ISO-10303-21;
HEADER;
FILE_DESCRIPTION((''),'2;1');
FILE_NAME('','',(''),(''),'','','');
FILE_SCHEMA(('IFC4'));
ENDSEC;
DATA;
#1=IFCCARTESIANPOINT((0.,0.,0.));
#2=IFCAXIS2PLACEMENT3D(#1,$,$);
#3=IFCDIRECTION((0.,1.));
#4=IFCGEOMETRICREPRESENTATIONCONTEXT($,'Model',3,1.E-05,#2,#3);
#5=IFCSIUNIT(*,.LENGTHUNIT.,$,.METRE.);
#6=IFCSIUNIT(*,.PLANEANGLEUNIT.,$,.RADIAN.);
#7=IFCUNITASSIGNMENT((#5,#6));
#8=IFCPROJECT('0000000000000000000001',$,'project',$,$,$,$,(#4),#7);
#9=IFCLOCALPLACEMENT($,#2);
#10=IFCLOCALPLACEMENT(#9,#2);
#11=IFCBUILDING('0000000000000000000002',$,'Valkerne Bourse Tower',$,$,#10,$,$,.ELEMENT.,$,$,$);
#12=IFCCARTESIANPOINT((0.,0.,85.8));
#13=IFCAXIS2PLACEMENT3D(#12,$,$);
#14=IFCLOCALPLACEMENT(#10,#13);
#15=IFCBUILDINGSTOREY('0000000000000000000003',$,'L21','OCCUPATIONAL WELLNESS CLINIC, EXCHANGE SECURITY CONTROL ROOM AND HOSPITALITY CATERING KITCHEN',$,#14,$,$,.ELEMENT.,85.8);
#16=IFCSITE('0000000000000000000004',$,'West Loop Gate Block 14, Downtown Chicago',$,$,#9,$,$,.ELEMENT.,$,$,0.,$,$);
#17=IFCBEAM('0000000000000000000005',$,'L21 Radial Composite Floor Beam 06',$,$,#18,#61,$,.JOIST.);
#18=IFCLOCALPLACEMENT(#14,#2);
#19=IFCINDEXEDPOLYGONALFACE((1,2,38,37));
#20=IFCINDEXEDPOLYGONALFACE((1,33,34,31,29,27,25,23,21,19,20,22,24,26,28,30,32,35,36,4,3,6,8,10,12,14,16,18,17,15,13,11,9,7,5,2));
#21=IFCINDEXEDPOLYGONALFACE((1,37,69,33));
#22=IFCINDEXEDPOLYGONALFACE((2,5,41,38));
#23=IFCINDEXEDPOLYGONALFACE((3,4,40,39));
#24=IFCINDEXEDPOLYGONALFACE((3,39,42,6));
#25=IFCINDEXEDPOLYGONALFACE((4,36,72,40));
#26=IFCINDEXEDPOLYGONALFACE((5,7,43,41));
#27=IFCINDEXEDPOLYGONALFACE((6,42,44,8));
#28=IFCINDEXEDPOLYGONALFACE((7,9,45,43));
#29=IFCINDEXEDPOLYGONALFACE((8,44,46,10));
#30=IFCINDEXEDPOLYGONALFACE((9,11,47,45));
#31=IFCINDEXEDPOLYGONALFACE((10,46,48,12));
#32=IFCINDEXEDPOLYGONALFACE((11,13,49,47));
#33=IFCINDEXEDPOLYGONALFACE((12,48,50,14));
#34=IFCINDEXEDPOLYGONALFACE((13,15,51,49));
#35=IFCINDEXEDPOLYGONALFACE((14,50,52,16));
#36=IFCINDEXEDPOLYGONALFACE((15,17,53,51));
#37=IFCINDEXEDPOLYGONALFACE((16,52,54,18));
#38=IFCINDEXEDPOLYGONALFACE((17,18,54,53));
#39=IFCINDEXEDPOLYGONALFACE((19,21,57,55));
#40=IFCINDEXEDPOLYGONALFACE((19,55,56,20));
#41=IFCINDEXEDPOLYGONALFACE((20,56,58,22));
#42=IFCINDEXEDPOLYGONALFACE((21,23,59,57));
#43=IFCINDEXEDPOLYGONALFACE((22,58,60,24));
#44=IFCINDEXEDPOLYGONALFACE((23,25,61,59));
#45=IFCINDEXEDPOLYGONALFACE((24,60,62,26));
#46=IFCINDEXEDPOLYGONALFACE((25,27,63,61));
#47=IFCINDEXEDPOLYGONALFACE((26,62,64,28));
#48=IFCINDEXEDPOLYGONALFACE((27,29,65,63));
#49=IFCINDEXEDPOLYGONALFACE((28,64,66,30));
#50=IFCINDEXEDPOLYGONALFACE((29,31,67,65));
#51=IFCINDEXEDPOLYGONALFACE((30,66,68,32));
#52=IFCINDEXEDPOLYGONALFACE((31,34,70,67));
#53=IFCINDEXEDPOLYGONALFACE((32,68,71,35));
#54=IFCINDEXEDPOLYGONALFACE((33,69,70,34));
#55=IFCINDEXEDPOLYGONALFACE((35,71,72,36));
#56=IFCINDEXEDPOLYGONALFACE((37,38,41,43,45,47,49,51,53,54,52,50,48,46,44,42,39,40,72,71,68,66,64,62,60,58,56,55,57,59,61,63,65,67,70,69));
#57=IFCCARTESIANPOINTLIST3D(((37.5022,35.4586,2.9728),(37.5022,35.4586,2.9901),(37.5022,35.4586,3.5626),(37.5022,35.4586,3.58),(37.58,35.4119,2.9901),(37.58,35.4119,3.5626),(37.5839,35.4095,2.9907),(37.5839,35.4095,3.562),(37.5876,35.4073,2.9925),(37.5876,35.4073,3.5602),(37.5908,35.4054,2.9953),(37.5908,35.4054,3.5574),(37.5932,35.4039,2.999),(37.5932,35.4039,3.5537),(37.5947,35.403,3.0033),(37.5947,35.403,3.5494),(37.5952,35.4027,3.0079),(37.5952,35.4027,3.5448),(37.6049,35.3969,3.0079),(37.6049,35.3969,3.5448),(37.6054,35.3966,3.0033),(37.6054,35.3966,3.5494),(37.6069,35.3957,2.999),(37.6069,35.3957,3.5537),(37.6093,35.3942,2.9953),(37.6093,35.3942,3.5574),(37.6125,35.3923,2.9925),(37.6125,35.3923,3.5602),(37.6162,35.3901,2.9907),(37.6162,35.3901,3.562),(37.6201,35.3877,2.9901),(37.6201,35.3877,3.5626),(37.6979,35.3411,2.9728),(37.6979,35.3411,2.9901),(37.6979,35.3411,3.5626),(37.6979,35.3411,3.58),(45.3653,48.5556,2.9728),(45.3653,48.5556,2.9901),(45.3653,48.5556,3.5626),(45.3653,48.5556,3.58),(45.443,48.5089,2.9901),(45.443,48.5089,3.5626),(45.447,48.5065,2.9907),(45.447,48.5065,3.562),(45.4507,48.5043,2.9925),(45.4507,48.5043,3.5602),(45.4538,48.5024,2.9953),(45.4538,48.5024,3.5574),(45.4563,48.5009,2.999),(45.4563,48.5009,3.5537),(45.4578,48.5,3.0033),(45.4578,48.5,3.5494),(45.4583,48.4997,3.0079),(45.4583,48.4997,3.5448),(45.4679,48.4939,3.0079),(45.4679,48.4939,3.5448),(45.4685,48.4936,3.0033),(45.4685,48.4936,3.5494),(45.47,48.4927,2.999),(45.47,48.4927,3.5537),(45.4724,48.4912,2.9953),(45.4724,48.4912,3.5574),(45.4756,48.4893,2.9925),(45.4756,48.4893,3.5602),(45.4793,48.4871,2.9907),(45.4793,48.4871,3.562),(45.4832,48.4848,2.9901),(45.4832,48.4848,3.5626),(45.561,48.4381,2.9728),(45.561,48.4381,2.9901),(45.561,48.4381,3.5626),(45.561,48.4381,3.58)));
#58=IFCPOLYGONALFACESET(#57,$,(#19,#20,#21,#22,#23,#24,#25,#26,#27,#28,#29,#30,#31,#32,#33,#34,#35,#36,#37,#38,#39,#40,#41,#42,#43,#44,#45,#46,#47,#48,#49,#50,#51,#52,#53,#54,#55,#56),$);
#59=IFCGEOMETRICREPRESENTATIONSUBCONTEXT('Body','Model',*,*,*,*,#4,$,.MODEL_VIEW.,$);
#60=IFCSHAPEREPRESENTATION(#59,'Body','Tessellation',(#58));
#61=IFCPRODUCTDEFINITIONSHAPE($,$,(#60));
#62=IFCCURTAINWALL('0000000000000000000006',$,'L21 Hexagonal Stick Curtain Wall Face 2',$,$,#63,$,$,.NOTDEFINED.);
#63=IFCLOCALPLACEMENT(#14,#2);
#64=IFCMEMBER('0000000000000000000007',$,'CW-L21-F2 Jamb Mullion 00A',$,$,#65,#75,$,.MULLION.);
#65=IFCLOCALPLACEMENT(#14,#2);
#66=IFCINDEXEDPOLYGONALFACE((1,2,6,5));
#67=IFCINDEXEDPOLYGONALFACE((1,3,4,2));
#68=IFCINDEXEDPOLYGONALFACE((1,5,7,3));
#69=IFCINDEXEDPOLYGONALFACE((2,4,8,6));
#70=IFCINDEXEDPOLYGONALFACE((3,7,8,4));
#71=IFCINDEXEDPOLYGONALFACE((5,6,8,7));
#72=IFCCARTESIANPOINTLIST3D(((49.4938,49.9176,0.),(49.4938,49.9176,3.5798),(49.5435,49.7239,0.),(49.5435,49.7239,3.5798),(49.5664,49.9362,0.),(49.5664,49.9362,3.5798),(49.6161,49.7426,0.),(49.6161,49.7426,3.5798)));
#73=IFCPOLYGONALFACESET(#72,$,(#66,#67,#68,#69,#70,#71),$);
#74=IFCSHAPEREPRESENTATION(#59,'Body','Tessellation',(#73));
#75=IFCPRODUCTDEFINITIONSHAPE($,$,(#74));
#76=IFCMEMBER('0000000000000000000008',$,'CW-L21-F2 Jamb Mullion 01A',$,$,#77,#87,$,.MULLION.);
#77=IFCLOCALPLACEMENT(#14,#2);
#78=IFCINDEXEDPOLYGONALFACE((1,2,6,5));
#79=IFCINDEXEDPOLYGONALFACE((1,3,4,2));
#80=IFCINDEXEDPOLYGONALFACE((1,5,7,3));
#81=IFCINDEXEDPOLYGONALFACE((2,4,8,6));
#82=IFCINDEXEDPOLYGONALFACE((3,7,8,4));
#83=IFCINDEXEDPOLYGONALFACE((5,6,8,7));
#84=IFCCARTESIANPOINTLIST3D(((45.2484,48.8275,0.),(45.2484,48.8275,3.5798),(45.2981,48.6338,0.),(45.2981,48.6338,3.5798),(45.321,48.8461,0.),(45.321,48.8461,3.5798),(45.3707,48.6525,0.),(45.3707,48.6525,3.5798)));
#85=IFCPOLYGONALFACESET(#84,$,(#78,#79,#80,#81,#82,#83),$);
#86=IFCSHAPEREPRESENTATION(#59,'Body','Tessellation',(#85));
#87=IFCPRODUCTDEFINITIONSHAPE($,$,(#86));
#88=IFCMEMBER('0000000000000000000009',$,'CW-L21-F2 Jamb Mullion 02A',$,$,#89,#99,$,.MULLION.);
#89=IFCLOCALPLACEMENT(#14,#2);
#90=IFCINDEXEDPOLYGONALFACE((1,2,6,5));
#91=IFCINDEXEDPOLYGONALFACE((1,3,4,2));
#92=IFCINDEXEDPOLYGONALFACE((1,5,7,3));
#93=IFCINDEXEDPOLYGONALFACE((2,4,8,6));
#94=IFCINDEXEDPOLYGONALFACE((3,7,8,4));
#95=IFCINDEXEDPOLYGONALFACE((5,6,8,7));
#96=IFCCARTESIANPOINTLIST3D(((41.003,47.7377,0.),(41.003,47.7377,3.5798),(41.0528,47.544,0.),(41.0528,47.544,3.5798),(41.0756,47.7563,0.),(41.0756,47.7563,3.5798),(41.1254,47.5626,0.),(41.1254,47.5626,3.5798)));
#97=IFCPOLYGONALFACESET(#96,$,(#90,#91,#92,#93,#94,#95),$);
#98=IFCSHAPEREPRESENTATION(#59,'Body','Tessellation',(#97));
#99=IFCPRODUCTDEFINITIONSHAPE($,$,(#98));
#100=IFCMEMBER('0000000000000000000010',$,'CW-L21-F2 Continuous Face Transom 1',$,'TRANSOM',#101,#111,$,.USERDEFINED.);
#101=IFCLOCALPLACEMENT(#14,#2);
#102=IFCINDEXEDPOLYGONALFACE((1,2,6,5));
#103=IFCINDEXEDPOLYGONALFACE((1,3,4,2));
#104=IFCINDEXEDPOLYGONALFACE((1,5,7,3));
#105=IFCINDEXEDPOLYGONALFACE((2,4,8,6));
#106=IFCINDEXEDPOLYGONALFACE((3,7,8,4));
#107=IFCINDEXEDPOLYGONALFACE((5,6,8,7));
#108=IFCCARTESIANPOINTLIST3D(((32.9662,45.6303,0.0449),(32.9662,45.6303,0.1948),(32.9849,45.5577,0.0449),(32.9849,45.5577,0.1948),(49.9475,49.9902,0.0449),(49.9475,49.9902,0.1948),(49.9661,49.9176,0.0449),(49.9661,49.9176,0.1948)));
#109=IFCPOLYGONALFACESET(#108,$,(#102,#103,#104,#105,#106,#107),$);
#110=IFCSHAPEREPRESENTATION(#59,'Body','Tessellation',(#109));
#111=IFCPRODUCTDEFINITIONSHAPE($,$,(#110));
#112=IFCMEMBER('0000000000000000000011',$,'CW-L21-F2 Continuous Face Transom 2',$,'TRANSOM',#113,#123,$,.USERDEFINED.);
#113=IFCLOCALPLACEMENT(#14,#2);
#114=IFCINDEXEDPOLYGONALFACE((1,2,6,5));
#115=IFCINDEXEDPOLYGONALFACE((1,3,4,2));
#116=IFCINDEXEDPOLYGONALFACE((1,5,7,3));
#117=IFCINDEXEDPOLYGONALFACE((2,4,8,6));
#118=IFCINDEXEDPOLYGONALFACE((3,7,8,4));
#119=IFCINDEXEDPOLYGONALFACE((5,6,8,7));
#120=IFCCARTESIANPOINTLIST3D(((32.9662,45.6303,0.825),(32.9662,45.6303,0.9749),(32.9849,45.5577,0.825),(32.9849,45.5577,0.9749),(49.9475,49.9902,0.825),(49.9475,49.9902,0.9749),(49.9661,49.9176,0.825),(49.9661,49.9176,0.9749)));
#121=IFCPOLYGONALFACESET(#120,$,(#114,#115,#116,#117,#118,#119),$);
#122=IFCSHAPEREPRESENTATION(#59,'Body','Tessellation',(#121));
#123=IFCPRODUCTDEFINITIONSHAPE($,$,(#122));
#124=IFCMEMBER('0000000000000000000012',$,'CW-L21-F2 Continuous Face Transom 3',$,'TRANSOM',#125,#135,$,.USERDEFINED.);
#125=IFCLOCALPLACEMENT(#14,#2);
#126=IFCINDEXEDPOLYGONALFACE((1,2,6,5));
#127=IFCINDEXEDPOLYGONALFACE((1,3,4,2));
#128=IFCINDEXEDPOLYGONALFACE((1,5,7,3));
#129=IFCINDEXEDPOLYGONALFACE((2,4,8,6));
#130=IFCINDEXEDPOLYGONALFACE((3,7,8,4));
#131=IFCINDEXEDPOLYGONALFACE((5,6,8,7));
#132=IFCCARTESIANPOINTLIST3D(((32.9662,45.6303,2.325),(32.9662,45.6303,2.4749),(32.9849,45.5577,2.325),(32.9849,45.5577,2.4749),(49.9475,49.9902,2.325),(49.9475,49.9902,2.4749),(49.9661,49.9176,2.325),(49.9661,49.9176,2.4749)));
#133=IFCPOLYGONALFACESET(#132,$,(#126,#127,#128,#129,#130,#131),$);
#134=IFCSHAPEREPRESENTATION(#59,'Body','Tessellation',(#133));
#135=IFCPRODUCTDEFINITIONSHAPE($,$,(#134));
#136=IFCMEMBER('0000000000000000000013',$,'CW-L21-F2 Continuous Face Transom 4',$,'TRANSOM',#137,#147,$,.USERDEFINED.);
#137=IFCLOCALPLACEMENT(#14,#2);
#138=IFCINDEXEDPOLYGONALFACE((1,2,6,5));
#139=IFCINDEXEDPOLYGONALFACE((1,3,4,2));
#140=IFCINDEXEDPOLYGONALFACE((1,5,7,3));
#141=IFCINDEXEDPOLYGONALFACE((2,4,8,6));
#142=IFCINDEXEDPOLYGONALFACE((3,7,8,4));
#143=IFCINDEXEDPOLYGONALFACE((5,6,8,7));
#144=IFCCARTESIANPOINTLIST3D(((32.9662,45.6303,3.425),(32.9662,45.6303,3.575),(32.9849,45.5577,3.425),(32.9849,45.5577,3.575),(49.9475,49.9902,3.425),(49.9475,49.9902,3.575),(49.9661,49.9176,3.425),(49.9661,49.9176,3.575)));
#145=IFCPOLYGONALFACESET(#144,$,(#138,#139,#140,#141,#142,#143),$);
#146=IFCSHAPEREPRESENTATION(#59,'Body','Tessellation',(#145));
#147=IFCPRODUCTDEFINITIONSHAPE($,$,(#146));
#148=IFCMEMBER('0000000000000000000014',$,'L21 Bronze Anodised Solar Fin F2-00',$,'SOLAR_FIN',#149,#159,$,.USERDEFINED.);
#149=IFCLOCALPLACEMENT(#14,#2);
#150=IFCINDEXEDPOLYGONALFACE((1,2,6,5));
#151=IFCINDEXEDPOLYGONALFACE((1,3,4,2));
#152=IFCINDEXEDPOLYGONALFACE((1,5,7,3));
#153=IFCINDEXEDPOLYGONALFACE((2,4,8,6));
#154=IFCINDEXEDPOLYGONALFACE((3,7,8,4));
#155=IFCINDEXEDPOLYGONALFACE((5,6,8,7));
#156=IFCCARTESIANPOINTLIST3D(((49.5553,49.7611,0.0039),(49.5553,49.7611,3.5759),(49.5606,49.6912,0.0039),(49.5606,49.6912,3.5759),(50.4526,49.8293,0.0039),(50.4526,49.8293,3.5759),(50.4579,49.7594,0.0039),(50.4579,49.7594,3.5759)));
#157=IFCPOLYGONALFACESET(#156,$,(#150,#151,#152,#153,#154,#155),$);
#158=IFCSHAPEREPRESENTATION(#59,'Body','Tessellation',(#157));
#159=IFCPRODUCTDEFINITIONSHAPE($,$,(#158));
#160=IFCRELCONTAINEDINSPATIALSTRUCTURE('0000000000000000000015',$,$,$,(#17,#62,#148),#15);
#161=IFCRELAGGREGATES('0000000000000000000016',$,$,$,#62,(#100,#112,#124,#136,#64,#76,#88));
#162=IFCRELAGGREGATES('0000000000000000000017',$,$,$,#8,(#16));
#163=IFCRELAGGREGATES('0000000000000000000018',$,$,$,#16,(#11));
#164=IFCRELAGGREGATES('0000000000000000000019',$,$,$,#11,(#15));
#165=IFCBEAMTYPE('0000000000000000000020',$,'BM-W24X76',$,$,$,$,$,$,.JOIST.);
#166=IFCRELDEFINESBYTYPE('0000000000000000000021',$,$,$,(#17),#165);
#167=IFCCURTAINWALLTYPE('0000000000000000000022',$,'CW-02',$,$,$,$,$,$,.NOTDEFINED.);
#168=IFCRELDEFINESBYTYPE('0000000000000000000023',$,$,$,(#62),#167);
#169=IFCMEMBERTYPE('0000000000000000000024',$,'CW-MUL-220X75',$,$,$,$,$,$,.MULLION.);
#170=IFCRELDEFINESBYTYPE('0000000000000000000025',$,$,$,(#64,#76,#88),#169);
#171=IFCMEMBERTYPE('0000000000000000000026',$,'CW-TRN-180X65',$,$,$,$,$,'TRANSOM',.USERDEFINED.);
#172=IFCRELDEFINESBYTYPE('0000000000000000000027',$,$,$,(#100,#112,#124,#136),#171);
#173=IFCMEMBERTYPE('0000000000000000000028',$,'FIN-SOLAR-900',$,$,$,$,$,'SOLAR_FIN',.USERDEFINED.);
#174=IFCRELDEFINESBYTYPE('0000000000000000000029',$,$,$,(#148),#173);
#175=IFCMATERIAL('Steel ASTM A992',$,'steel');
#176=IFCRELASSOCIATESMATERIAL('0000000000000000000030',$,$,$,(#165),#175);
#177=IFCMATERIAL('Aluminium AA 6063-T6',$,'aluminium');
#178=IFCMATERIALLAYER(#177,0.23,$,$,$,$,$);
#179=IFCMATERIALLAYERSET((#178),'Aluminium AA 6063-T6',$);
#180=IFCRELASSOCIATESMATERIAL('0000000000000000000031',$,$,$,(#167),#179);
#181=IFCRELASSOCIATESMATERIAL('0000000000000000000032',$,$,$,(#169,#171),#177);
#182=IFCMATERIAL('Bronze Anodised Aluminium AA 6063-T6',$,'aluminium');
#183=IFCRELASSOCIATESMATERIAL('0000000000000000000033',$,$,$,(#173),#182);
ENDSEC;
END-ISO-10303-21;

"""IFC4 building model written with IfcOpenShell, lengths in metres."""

from ifc_helpers import new_model, si_unit, direction, frame, origin, origin_2d, place, context, subcontext, project, spatial, rectangle, i_section, extrude, material, layer, layer_set, material_profile, profile_set, type_object, element, aggregate, save


model = new_model("IFC4")

# Units and contexts
model_context = context("Model", 3, precision=1e-05, world=origin(), true_north=direction((0.0, 1.0)))
body_context = subcontext(model_context, "Body", "Model", "MODEL_VIEW")
ifc_project = project(units=[si_unit("LENGTHUNIT", "METRE"), si_unit("PLANEANGLEUNIT", "RADIAN")], contexts=[model_context])

# Site, building, storey
site_placement = place(None, origin())
site = spatial("IfcSite", under=ifc_project, at=site_placement, Name="West Loop Gate Block 14, Downtown Chicago", CompositionType="ELEMENT", RefElevation=0.0)
building_placement = place(site_placement, origin())
building = spatial("IfcBuilding", under=site, at=building_placement, Name="Valkerne Bourse Tower", CompositionType="ELEMENT")
storey_placement = place(building_placement, frame((0.0, 0.0, 85.8)))
storey = spatial("IfcBuildingStorey", under=building, at=storey_placement, Name="L21", Description="OCCUPATIONAL WELLNESS CLINIC, EXCHANGE SECURITY CONTROL ROOM AND HOSPITALITY CATERING KITCHEN", CompositionType="ELEMENT", Elevation=85.8)

# Beam
ifc_material_1 = material(Name="Steel ASTM A992", Category="steel")
ifc_material_profile_1 = material_profile(ifc_material_1, i_section(OverallWidth=0.2283, OverallDepth=0.6072, WebThickness=0.0112, FlangeThickness=0.0173, FilletRadius=0.0178, at=origin_2d()), Name="W24X76")
ifc_profile_set_1 = profile_set([ifc_material_profile_1], Name="Steel ASTM A992")
beam_type_1 = type_object("IfcBeamType", Name="BM-W24X76", PredefinedType="JOIST", material=ifc_profile_set_1)
beam_1_placement = place(storey_placement, frame((45.4631, 48.4968, 3.2764), z_axis=(-0.514731, -0.857352, 0.0), x_axis=(0.857352, -0.514731, 0.0)))
element("IfcBeam", 1, at=beam_1_placement, inside=storey, type_object=beam_type_1, Name="L21 Radial Composite Floor Beam 06", PredefinedType="JOIST", context=body_context, shape_type="SweptSolid", body=[
    extrude(i_section(OverallWidth=0.2283, OverallDepth=0.6072, WebThickness=0.0112, FlangeThickness=0.0173, FilletRadius=0.0178, at=origin_2d()), origin(), (0.0, 0.0, 1.0), 15.2761),
])

# Curtain wall, members
ifc_material_2 = material(Name="Aluminium AA 6063-T6", Category="aluminium")
ifc_layer_1 = layer(ifc_material_2, 0.23)
ifc_layer_set_1 = layer_set([ifc_layer_1], Name="Aluminium AA 6063-T6")
curtain_wall_type = type_object("IfcCurtainWallType", Name="CW-02", PredefinedType="NOTDEFINED", material=ifc_layer_set_1)
curtain_wall_placement = place(storey_placement, origin())
curtain_wall = element("IfcCurtainWall", 2, at=curtain_wall_placement, inside=storey, type_object=curtain_wall_type, Name="L21 Hexagonal Stick Curtain Wall Face 2", PredefinedType="NOTDEFINED")
ifc_material_profile_2 = material_profile(ifc_material_2, rectangle(XDim=0.075, YDim=0.2, at=origin_2d()), Name="CWM-75X200")
ifc_profile_set_2 = profile_set([ifc_material_profile_2], Name="Aluminium AA 6063-T6")
member_type_1 = type_object("IfcMemberType", Name="CW-MUL-220X75", PredefinedType="MULLION", material=ifc_profile_set_2)
member_1_placement = place(storey_placement, frame((49.5549, 49.8301, 0.0), z_axis=(0.0, 0.0, 1.0), x_axis=(-0.968584, -0.248688, 0.0)))
member_1 = element("IfcMember", 3, at=member_1_placement, type_object=member_type_1, Name="CW-L21-F2 Jamb Mullion 00A", PredefinedType="MULLION", context=body_context, shape_type="SweptSolid", body=[
    extrude(rectangle(XDim=0.075, YDim=0.2, at=origin_2d()), origin(), (0.0, 0.0, 1.0), 3.5798),
])
member_2_placement = place(storey_placement, frame((45.3096, 48.74, 0.0), z_axis=(0.0, 0.0, 1.0), x_axis=(-0.968584, -0.248688, 0.0)))
member_2 = element("IfcMember", 4, at=member_2_placement, type_object=member_type_1, Name="CW-L21-F2 Jamb Mullion 01A", PredefinedType="MULLION", context=body_context, shape_type="SweptSolid", body=[
    extrude(rectangle(XDim=0.075, YDim=0.2, at=origin_2d()), origin(), (0.0, 0.0, 1.0), 3.5798),
])
member_3_placement = place(storey_placement, frame((41.0642, 47.6501, 0.0), z_axis=(0.0, 0.0, 1.0), x_axis=(-0.968584, -0.248688, 0.0)))
member_3 = element("IfcMember", 5, at=member_3_placement, type_object=member_type_1, Name="CW-L21-F2 Jamb Mullion 02A", PredefinedType="MULLION", context=body_context, shape_type="SweptSolid", body=[
    extrude(rectangle(XDim=0.075, YDim=0.2, at=origin_2d()), origin(), (0.0, 0.0, 1.0), 3.5798),
])
ifc_material_profile_3 = material_profile(ifc_material_2, rectangle(XDim=0.075, YDim=0.1499, at=origin_2d()), Name="CWT-75X150")
ifc_profile_set_3 = profile_set([ifc_material_profile_3], Name="Aluminium AA 6063-T6")
member_type_2 = type_object("IfcMemberType", Name="CW-TRN-180X65", ElementType="TRANSOM", PredefinedType="USERDEFINED", material=ifc_profile_set_3)
member_4_placement = place(storey_placement, frame((49.9568, 49.9539, 0.1199), z_axis=(-0.968585, -0.248681, 0.0), x_axis=(0.248681, -0.968585, 0.0)))
member_4 = element("IfcMember", 6, at=member_4_placement, type_object=member_type_2, Name="CW-L21-F2 Continuous Face Transom 1", ObjectType="TRANSOM", PredefinedType="USERDEFINED", context=body_context, shape_type="SweptSolid", body=[
    extrude(rectangle(XDim=0.075, YDim=0.1499, at=origin_2d()), origin(), (0.0, 0.0, 1.0), 17.532),
])
member_5_placement = place(storey_placement, frame((49.9568, 49.9539, 0.8999), z_axis=(-0.968585, -0.248681, 0.0), x_axis=(0.248681, -0.968585, 0.0)))
member_5 = element("IfcMember", 7, at=member_5_placement, type_object=member_type_2, Name="CW-L21-F2 Continuous Face Transom 2", ObjectType="TRANSOM", PredefinedType="USERDEFINED", context=body_context, shape_type="SweptSolid", body=[
    extrude(rectangle(XDim=0.075, YDim=0.1499, at=origin_2d()), origin(), (0.0, 0.0, 1.0), 17.532),
])
member_6_placement = place(storey_placement, frame((49.9568, 49.9539, 2.3999), z_axis=(-0.968585, -0.248681, 0.0), x_axis=(0.248681, -0.968585, 0.0)))
member_6 = element("IfcMember", 8, at=member_6_placement, type_object=member_type_2, Name="CW-L21-F2 Continuous Face Transom 3", ObjectType="TRANSOM", PredefinedType="USERDEFINED", context=body_context, shape_type="SweptSolid", body=[
    extrude(rectangle(XDim=0.075, YDim=0.1499, at=origin_2d()), origin(), (0.0, 0.0, 1.0), 17.532),
])
member_7_placement = place(storey_placement, frame((49.9568, 49.9539, 3.5), z_axis=(-0.968585, -0.248681, 0.0), x_axis=(0.248681, -0.968585, 0.0)))
member_7 = element("IfcMember", 9, at=member_7_placement, type_object=member_type_2, Name="CW-L21-F2 Continuous Face Transom 4", ObjectType="TRANSOM", PredefinedType="USERDEFINED", context=body_context, shape_type="SweptSolid", body=[
    extrude(rectangle(XDim=0.075, YDim=0.1499, at=origin_2d()), origin(), (0.0, 0.0, 1.0), 17.532),
])

# Member
ifc_material_3 = material(Name="Bronze Anodised Aluminium AA 6063-T6", Category="aluminium")
ifc_material_profile_4 = material_profile(ifc_material_3, rectangle(XDim=0.0701, YDim=0.8999, at=origin_2d()), Name="FIN-70X900")
ifc_profile_set_4 = profile_set([ifc_material_profile_4], Name="Bronze Anodised Aluminium AA 6063-T6")
member_type_3 = type_object("IfcMemberType", Name="FIN-SOLAR-900", ElementType="SOLAR_FIN", PredefinedType="USERDEFINED", material=ifc_profile_set_4)
member_8_placement = place(storey_placement, frame((50.0066, 49.7603, 0.0039), z_axis=(0.0, 0.0, 1.0), x_axis=(-0.075782, 0.997124, 0.0)))
element("IfcMember", 10, at=member_8_placement, inside=storey, type_object=member_type_3, Name="L21 Bronze Anodised Solar Fin F2-00", ObjectType="SOLAR_FIN", PredefinedType="USERDEFINED", context=body_context, shape_type="SweptSolid", body=[
    extrude(rectangle(XDim=0.0701, YDim=0.8999, at=origin_2d()), origin(), (0.0, 0.0, 1.0), 3.572),
])

aggregate(curtain_wall, [member_4, member_5, member_6, member_7, member_1, member_2, member_3])

save(model, "model.ifc")
